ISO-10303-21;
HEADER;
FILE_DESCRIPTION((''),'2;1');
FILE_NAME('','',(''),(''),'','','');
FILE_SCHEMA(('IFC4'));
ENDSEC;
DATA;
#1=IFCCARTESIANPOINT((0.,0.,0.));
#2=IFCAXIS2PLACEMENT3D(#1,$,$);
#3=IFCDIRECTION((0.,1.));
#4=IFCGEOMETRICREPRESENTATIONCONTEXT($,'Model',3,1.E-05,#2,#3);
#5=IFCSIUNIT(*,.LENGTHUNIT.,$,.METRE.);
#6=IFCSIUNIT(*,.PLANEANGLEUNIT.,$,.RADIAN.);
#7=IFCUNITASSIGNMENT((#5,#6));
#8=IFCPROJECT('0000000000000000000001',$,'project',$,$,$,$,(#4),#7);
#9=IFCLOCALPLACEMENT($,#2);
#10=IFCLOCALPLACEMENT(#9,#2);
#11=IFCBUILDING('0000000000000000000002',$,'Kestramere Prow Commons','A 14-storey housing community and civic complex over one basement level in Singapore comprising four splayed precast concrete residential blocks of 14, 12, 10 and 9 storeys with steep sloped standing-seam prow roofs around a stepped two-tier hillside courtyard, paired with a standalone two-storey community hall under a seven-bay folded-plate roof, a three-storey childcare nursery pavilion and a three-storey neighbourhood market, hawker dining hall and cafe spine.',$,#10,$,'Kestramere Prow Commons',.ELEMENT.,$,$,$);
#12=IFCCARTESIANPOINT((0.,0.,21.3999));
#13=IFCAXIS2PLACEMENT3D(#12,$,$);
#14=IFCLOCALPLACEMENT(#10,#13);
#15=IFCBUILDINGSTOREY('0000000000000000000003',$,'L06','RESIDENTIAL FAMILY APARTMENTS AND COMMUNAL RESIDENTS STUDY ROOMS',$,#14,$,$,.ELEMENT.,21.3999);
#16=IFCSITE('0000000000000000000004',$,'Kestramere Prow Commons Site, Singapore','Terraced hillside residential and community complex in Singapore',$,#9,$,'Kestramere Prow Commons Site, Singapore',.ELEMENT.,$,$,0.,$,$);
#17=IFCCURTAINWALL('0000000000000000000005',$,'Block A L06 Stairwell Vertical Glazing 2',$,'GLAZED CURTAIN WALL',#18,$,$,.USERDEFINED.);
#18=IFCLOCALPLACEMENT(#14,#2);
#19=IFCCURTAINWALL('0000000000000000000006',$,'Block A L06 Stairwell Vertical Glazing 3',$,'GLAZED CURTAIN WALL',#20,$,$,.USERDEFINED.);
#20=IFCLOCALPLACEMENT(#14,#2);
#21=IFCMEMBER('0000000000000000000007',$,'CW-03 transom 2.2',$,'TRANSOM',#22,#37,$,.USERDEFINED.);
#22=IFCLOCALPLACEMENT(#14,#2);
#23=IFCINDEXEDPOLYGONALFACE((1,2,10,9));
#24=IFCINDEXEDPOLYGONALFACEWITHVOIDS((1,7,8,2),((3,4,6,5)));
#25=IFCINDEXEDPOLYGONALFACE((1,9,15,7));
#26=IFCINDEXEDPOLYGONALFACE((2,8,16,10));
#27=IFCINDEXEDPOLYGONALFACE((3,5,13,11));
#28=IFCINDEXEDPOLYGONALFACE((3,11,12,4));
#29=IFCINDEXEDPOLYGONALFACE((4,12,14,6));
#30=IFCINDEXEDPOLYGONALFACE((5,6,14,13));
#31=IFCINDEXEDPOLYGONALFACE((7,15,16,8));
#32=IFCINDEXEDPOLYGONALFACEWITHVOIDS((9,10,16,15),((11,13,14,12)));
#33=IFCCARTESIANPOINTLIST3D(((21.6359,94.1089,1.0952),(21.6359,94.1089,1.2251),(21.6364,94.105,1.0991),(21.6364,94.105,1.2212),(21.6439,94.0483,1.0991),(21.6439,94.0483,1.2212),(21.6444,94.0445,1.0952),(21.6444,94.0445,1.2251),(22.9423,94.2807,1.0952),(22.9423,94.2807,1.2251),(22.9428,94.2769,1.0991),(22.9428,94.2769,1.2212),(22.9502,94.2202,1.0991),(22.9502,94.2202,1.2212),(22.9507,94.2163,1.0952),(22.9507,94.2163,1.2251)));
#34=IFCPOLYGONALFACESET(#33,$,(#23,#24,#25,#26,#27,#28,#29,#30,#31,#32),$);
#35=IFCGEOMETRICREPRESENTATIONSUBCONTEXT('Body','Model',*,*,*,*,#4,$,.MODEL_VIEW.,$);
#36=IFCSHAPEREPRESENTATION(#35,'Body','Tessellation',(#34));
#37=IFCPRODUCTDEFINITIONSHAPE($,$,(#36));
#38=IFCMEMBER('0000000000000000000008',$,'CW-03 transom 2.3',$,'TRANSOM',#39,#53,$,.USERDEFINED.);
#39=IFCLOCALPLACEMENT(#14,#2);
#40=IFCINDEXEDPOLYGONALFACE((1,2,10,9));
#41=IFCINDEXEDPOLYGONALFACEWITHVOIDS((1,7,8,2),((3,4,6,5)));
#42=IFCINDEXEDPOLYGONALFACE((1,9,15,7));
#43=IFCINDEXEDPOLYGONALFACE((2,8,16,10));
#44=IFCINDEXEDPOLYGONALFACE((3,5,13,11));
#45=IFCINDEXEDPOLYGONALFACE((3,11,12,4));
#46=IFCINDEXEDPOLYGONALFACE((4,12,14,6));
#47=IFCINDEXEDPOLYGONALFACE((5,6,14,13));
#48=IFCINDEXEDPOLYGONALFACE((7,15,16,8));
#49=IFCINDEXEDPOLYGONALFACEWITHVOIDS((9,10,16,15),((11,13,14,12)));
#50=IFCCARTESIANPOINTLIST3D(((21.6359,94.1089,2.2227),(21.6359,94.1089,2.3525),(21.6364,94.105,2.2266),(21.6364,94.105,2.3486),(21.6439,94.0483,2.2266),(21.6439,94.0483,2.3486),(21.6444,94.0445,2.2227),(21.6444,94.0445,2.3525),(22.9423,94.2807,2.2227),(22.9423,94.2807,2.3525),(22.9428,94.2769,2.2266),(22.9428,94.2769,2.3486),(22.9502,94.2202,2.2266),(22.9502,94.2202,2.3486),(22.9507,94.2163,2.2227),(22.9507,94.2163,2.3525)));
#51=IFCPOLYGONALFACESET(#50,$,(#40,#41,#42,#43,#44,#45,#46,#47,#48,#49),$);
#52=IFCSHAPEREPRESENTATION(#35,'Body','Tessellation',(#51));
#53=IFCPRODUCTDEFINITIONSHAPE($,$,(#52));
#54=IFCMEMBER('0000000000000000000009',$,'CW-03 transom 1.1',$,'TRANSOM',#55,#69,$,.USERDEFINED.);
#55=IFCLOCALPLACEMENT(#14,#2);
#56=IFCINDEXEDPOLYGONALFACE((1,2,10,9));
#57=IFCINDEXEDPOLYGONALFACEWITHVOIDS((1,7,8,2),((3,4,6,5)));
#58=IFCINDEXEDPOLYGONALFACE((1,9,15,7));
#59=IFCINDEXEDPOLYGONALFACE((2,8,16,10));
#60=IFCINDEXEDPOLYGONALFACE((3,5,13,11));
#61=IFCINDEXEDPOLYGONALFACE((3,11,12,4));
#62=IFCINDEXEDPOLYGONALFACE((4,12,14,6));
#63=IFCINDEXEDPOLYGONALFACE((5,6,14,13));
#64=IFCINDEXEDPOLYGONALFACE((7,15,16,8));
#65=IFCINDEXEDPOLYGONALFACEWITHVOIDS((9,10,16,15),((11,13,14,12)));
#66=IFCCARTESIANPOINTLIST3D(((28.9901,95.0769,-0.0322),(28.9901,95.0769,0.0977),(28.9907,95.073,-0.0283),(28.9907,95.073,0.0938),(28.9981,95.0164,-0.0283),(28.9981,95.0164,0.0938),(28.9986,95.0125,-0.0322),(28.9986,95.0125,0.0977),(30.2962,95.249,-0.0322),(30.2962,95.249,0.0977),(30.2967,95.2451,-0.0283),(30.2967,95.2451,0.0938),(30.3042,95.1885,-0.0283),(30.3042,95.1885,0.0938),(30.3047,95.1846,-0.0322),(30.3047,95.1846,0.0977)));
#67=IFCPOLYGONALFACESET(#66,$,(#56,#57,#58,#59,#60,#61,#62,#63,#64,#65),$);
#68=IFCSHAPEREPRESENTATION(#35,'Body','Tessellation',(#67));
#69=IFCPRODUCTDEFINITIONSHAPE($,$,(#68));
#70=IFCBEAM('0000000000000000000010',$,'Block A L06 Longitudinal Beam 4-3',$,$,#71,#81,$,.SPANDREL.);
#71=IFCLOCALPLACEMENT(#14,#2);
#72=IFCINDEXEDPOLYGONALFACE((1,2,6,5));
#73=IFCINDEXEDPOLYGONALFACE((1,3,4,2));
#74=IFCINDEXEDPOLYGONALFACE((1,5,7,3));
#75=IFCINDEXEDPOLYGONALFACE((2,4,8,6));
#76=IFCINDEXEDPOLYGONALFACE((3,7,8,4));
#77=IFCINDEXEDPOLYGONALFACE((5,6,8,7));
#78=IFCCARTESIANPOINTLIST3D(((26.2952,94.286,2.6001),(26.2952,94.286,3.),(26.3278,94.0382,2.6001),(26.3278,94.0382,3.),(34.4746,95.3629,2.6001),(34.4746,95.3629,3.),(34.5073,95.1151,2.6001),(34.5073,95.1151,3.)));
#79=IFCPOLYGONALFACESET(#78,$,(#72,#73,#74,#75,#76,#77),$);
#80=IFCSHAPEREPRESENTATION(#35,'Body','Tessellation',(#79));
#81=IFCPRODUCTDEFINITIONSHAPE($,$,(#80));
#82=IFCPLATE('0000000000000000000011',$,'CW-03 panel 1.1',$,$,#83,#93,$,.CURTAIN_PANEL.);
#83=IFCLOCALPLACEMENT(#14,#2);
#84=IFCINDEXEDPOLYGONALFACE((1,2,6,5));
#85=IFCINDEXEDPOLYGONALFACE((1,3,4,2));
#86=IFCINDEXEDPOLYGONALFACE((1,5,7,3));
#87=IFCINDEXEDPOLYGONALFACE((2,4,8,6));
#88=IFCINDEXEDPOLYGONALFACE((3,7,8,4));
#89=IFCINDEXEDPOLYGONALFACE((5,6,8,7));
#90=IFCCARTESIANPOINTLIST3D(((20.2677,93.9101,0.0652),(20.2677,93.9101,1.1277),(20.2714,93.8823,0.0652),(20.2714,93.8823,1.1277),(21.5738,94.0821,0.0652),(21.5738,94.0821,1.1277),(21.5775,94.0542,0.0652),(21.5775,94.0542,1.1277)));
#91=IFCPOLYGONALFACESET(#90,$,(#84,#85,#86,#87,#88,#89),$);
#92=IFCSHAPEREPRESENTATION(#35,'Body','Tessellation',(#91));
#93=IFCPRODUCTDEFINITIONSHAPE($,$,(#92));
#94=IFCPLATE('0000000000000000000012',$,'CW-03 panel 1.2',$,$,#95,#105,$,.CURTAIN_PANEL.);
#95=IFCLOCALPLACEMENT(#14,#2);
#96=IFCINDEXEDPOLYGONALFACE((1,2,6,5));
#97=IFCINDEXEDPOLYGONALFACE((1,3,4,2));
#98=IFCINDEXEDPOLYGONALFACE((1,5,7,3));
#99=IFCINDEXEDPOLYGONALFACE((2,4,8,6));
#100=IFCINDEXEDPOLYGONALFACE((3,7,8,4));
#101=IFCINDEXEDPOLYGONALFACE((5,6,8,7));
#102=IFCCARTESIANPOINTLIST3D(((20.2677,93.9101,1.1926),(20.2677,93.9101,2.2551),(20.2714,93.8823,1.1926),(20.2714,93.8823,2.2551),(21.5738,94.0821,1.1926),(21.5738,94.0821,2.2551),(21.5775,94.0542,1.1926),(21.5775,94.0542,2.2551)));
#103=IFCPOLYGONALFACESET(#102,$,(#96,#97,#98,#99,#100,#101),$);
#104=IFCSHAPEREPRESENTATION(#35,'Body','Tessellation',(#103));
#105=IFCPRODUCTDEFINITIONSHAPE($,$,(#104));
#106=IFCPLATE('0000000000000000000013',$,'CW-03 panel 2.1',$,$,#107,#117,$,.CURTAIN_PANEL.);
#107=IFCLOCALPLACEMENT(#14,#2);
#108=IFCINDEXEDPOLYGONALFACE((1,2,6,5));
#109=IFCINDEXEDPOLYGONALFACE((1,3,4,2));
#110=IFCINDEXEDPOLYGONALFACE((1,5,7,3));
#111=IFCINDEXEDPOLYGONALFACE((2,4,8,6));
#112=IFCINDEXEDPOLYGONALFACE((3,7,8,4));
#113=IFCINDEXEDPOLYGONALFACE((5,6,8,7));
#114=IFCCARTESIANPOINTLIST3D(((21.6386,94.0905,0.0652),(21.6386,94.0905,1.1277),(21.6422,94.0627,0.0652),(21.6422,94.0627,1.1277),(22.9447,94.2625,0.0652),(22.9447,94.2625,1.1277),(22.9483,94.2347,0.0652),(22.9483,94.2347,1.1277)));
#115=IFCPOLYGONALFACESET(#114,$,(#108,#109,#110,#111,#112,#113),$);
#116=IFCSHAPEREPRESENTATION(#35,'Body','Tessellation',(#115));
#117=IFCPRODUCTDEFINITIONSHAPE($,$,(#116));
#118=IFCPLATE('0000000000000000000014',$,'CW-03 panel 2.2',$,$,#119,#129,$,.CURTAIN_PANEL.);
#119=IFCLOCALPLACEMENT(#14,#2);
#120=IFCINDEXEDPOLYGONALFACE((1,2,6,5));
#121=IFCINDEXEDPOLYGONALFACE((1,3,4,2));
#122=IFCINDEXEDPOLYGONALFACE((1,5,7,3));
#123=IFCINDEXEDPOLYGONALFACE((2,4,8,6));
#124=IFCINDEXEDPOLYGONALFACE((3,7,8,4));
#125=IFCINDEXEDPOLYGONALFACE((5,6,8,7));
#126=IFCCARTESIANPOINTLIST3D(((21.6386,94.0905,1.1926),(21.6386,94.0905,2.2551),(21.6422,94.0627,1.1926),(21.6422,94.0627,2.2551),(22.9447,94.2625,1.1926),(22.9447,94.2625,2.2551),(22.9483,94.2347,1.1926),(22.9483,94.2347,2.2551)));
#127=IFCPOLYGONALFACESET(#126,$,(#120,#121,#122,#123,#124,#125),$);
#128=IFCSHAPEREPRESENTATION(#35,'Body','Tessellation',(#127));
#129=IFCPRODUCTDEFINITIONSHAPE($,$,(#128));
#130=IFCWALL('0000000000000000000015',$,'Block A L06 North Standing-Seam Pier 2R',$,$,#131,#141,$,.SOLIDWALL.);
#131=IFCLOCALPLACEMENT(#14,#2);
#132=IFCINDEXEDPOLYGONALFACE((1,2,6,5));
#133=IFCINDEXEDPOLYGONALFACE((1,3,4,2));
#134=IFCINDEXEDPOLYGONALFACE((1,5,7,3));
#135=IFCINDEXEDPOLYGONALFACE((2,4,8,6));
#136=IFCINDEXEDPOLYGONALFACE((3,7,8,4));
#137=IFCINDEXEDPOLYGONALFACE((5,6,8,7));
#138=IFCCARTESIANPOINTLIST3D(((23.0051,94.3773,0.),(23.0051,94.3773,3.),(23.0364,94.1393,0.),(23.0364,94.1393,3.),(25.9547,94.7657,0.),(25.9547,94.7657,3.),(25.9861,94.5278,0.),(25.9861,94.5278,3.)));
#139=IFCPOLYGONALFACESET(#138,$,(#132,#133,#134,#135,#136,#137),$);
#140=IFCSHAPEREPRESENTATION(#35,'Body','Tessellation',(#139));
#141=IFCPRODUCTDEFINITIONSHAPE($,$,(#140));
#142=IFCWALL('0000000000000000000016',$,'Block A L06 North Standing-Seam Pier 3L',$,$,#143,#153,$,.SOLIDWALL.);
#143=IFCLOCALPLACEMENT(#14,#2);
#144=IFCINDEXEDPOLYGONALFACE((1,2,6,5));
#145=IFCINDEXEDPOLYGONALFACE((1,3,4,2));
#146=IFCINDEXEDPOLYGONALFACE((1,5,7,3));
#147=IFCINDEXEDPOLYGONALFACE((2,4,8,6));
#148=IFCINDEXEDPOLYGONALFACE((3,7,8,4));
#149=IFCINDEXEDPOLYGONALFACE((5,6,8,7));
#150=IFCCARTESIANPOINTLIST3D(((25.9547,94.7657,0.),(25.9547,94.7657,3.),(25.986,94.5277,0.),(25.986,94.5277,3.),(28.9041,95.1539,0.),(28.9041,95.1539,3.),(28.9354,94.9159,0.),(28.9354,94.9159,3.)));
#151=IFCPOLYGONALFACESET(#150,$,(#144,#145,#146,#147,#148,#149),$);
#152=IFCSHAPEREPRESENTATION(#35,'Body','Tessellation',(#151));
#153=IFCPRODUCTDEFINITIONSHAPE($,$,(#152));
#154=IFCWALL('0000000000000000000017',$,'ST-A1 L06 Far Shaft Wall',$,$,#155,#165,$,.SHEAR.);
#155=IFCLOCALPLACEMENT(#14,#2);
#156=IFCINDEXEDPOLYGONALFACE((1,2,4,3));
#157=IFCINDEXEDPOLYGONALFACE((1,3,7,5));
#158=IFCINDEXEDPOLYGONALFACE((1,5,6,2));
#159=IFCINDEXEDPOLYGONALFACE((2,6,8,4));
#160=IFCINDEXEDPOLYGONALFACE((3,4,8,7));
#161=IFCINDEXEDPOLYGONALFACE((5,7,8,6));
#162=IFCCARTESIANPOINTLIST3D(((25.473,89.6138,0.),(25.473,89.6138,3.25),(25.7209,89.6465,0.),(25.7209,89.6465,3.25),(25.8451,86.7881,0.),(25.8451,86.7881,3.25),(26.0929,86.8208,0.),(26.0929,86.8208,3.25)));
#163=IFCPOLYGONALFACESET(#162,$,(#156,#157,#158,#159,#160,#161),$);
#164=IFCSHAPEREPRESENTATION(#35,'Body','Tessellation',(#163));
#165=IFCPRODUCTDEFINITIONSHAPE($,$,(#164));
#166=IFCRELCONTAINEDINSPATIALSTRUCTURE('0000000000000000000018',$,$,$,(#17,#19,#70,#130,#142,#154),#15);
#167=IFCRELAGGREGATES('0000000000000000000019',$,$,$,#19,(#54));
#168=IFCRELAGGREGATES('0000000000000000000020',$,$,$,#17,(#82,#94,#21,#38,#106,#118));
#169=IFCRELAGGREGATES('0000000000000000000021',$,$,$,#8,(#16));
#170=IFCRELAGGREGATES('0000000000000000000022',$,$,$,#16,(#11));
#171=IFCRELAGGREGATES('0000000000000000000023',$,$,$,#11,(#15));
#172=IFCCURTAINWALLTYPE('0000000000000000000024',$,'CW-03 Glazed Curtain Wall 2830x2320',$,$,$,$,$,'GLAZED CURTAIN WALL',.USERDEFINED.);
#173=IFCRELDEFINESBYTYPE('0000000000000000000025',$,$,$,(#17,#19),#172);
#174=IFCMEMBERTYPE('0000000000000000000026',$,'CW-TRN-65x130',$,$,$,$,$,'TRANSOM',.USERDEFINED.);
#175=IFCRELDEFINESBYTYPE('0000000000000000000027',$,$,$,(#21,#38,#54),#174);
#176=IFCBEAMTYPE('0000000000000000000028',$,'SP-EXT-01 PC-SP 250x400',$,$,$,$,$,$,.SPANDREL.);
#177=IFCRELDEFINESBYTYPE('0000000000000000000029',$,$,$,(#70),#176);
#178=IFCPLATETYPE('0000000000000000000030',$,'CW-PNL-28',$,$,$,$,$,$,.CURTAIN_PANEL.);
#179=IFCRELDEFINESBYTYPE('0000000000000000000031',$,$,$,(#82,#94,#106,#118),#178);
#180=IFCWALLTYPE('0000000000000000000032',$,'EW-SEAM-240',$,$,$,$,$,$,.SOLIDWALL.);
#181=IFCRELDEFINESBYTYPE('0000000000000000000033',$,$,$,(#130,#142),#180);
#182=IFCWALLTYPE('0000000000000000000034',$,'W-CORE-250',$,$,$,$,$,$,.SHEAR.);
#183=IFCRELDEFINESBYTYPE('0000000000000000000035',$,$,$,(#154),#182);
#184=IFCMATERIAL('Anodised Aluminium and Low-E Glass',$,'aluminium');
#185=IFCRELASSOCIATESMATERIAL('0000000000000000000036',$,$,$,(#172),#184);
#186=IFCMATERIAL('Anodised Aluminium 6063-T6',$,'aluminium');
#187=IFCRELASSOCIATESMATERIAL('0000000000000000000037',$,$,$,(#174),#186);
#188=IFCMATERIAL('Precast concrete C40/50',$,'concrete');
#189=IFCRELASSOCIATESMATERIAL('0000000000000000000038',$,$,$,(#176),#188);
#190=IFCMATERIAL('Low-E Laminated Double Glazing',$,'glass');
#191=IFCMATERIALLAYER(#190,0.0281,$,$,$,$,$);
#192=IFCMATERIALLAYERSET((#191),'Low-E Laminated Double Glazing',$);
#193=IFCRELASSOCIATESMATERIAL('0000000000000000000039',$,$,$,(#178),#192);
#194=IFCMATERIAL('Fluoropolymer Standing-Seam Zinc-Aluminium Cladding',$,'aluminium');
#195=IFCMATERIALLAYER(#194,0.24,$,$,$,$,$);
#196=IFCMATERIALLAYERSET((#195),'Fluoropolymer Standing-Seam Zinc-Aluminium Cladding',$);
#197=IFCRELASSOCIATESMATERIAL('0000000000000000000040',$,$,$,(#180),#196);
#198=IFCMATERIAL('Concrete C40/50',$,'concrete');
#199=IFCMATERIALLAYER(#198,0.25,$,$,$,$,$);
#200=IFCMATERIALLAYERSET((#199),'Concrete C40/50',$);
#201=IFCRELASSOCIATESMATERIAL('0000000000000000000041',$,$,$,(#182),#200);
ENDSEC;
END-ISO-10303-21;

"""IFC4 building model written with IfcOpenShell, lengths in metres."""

from ifc_helpers import new_model, si_unit, direction, frame, frame_2d, origin, origin_2d, place, context, subcontext, project, spatial, rectangle, hollow_rectangle, extrude, material, layer, layer_set, material_profile, profile_set, type_object, element, aggregate, save


model = new_model("IFC4")

# Units and contexts
model_context = context("Model", 3, precision=1e-05, world=origin(), true_north=direction((0.0, 1.0)))
body_context = subcontext(model_context, "Body", "Model", "MODEL_VIEW")
ifc_project = project(units=[si_unit("LENGTHUNIT", "METRE"), si_unit("PLANEANGLEUNIT", "RADIAN")], contexts=[model_context])

# Site, building, storey
site_placement = place(None, origin())
site = spatial("IfcSite", under=ifc_project, at=site_placement, Name="Kestramere Prow Commons Site, Singapore", Description="Terraced hillside residential and community complex in Singapore", LongName="Kestramere Prow Commons Site, Singapore", CompositionType="ELEMENT", RefElevation=0.0)
building_placement = place(site_placement, origin())
building = spatial("IfcBuilding", under=site, at=building_placement, Name="Kestramere Prow Commons", Description="A 14-storey housing community and civic complex over one basement level in Singapore comprising four splayed precast concrete residential blocks of 14, 12, 10 and 9 storeys with steep sloped standing-seam prow roofs around a stepped two-tier hillside courtyard, paired with a standalone two-storey community hall under a seven-bay folded-plate roof, a three-storey childcare nursery pavilion and a three-storey neighbourhood market, hawker dining hall and cafe spine.", LongName="Kestramere Prow Commons", CompositionType="ELEMENT")
storey_placement = place(building_placement, frame((0.0, 0.0, 21.3999)))
storey = spatial("IfcBuildingStorey", under=building, at=storey_placement, Name="L06", Description="RESIDENTIAL FAMILY APARTMENTS AND COMMUNAL RESIDENTS STUDY ROOMS", CompositionType="ELEMENT", Elevation=21.3999)

# Shared definitions
ifc_material_1 = material(Name="Precast concrete C40/50", Category="concrete")

# Shared definitions
ifc_material_2 = material(Name="Concrete C40/50", Category="concrete")

# Curtain wall
ifc_material_3 = material(Name="Anodised Aluminium and Low-E Glass", Category="aluminium")
curtain_wall_type = type_object("IfcCurtainWallType", Name="CW-03 Glazed Curtain Wall 2830x2320", ElementType="GLAZED CURTAIN WALL", PredefinedType="USERDEFINED", material=ifc_material_3)
curtain_wall_1_placement = place(storey_placement, origin())
curtain_wall_1 = element("IfcCurtainWall", 1, at=curtain_wall_1_placement, inside=storey, type_object=curtain_wall_type, Name="Block A L06 Stairwell Vertical Glazing 2", ObjectType="GLAZED CURTAIN WALL", PredefinedType="USERDEFINED")
ifc_material_4 = material(Name="Anodised Aluminium 6063-T6", Category="aluminium")

# Curtain wall
curtain_wall_2_placement = place(storey_placement, origin())
curtain_wall_2 = element("IfcCurtainWall", 2, at=curtain_wall_2_placement, inside=storey, type_object=curtain_wall_type, Name="Block A L06 Stairwell Vertical Glazing 3", ObjectType="GLAZED CURTAIN WALL", PredefinedType="USERDEFINED")

# Members
ifc_material_profile_1 = material_profile(ifc_material_4, hollow_rectangle(XDim=0.0649, YDim=0.1299, WallThickness=0.0039, at=origin_2d()), Name="ALU-TRN 65x130")
ifc_profile_set_1 = profile_set([ifc_material_profile_1], Name="Anodised Aluminium 6063-T6")
member_type_1 = type_object("IfcMemberType", Name="CW-TRN-65x130", ElementType="TRANSOM", PredefinedType="USERDEFINED", material=ifc_profile_set_1)
member_1_placement = place(storey_placement, frame((21.6401, 94.0767, 1.1602), z_axis=(0.991456, 0.13044, 0.0), x_axis=(-0.13044, 0.991456, 0.0)))
member_1 = element("IfcMember", 3, at=member_1_placement, type_object=member_type_1, Name="CW-03 transom 2.2", ObjectType="TRANSOM", PredefinedType="USERDEFINED", context=body_context, shape_type="SweptSolid", body=[
    extrude(hollow_rectangle(XDim=0.0649, YDim=0.1299, WallThickness=0.0039, at=origin_2d()), origin(), (0.0, 0.0, 1.0), 1.3176),
])
member_2_placement = place(storey_placement, frame((21.6401, 94.0767, 2.2876), z_axis=(0.991456, 0.13044, 0.0), x_axis=(-0.13044, 0.991456, 0.0)))
member_2 = element("IfcMember", 4, at=member_2_placement, type_object=member_type_1, Name="CW-03 transom 2.3", ObjectType="TRANSOM", PredefinedType="USERDEFINED", context=body_context, shape_type="SweptSolid", body=[
    extrude(hollow_rectangle(XDim=0.0649, YDim=0.1299, WallThickness=0.0039, at=origin_2d()), origin(), (0.0, 0.0, 1.0), 1.3176),
])
member_3_placement = place(storey_placement, frame((28.9944, 95.0447, 0.0327), z_axis=(0.991429, 0.130646, 0.0), x_axis=(-0.130646, 0.991429, 0.0)))
member_3 = element("IfcMember", 5, at=member_3_placement, type_object=member_type_1, Name="CW-03 transom 1.1", ObjectType="TRANSOM", PredefinedType="USERDEFINED", context=body_context, shape_type="SweptSolid", body=[
    extrude(hollow_rectangle(XDim=0.0649, YDim=0.1299, WallThickness=0.0039, at=origin_2d()), origin(), (0.0, 0.0, 1.0), 1.3174),
])
aggregate(curtain_wall_2, [member_3])

# Beam
ifc_material_profile_2 = material_profile(ifc_material_1, rectangle(XDim=0.25, YDim=0.3999, at=origin_2d()), Name="PC-SP 250x400")
ifc_profile_set_2 = profile_set([ifc_material_profile_2], Name="Precast concrete C40/50")
beam_type_1 = type_object("IfcBeamType", Name="SP-EXT-01 PC-SP 250x400", PredefinedType="SPANDREL", material=ifc_profile_set_2)
beam_1_placement = place(storey_placement, frame((26.3115, 94.1621, 2.8), z_axis=(0.991444, 0.130533, 0.0), x_axis=(-0.130533, 0.991444, 0.0)))
element("IfcBeam", 6, at=beam_1_placement, inside=storey, type_object=beam_type_1, Name="Block A L06 Longitudinal Beam 4-3", PredefinedType="SPANDREL", context=body_context, shape_type="SweptSolid", body=[
    extrude(rectangle(XDim=0.25, YDim=0.3999, at=origin_2d()), origin(), (0.0, 0.0, 1.0), 8.25),
])

# Plates
ifc_material_5 = material(Name="Low-E Laminated Double Glazing", Category="glass")
ifc_layer_1 = layer(ifc_material_5, 0.0281)
ifc_layer_set_1 = layer_set([ifc_layer_1], Name="Low-E Laminated Double Glazing")
plate_type = type_object("IfcPlateType", Name="CW-PNL-28", PredefinedType="CURTAIN_PANEL", material=ifc_layer_set_1)
plate_1_placement = place(storey_placement, frame((20.9226, 93.9822, 0.0652), z_axis=(0.0, 0.0, 1.0), x_axis=(0.991445, 0.130526, 0.0)))
plate_1 = element("IfcPlate", 7, at=plate_1_placement, type_object=plate_type, Name="CW-03 panel 1.1", PredefinedType="CURTAIN_PANEL", context=body_context, shape_type="SweptSolid", body=[
    extrude(rectangle(XDim=1.3174, YDim=0.0281, at=origin_2d()), origin(), (0.0, 0.0, 1.0), 1.0625),
])
plate_2_placement = place(storey_placement, frame((20.9226, 93.9822, 1.1926), z_axis=(0.0, 0.0, 1.0), x_axis=(0.991445, 0.130526, 0.0)))
plate_2 = element("IfcPlate", 8, at=plate_2_placement, type_object=plate_type, Name="CW-03 panel 1.2", PredefinedType="CURTAIN_PANEL", context=body_context, shape_type="SweptSolid", body=[
    extrude(rectangle(XDim=1.3174, YDim=0.0281, at=origin_2d()), origin(), (0.0, 0.0, 1.0), 1.0625),
])
plate_3_placement = place(storey_placement, frame((22.2935, 94.1626, 0.0652), z_axis=(0.0, 0.0, 1.0), x_axis=(0.991445, 0.130526, 0.0)))
plate_3 = element("IfcPlate", 9, at=plate_3_placement, type_object=plate_type, Name="CW-03 panel 2.1", PredefinedType="CURTAIN_PANEL", context=body_context, shape_type="SweptSolid", body=[
    extrude(rectangle(XDim=1.3174, YDim=0.0281, at=origin_2d()), origin(), (0.0, 0.0, 1.0), 1.0625),
])
plate_4_placement = place(storey_placement, frame((22.2935, 94.1626, 1.1926), z_axis=(0.0, 0.0, 1.0), x_axis=(0.991445, 0.130526, 0.0)))
plate_4 = element("IfcPlate", 10, at=plate_4_placement, type_object=plate_type, Name="CW-03 panel 2.2", PredefinedType="CURTAIN_PANEL", context=body_context, shape_type="SweptSolid", body=[
    extrude(rectangle(XDim=1.3174, YDim=0.0281, at=origin_2d()), origin(), (0.0, 0.0, 1.0), 1.0625),
])
aggregate(curtain_wall_1, [plate_1, plate_2, member_1, member_2, plate_3, plate_4])

# Walls
ifc_material_6 = material(Name="Fluoropolymer Standing-Seam Zinc-Aluminium Cladding", Category="aluminium")
ifc_layer_2 = layer(ifc_material_6, 0.24)
ifc_layer_set_2 = layer_set([ifc_layer_2], Name="Fluoropolymer Standing-Seam Zinc-Aluminium Cladding")
wall_type_1 = type_object("IfcWallType", Name="EW-SEAM-240", PredefinedType="SOLIDWALL", material=ifc_layer_set_2)
wall_1_placement = place(storey_placement, frame((23.0208, 94.2583, 0.0), z_axis=(0.0, 0.0, 1.0), x_axis=(0.991441, 0.130556, 0.0)))
element("IfcWall", 11, at=wall_1_placement, inside=storey, type_object=wall_type_1, Name="Block A L06 North Standing-Seam Pier 2R", PredefinedType="SOLIDWALL", context=body_context, shape_type="SweptSolid", body=[
    extrude(rectangle(XDim=2.9751, YDim=0.24, at=frame_2d((1.4875, 0.0))), origin(), (0.0, 0.0, 1.0), 3.0),
])
wall_2_placement = place(storey_placement, frame((25.9705, 94.6467, 0.0), z_axis=(0.0, 0.0, 1.0), x_axis=(0.99145, 0.130486, 0.0)))
element("IfcWall", 12, at=wall_2_placement, inside=storey, type_object=wall_type_1, Name="Block A L06 North Standing-Seam Pier 3L", PredefinedType="SOLIDWALL", context=body_context, shape_type="SweptSolid", body=[
    extrude(rectangle(XDim=2.9749, YDim=0.24, at=frame_2d((1.4873, 0.0))), origin(), (0.0, 0.0, 1.0), 3.0),
])
ifc_layer_3 = layer(ifc_material_2, 0.25)
ifc_layer_set_3 = layer_set([ifc_layer_3], Name="Concrete C40/50")
wall_type_2 = type_object("IfcWallType", Name="W-CORE-250", PredefinedType="SHEAR", material=ifc_layer_set_3)
wall_3_placement = place(storey_placement, frame((25.969, 86.8044, 0.0), z_axis=(0.0, 0.0, 1.0), x_axis=(-0.130548, 0.991442, 0.0)))
element("IfcWall", 13, at=wall_3_placement, inside=storey, type_object=wall_type_2, Name="ST-A1 L06 Far Shaft Wall", PredefinedType="SHEAR", context=body_context, shape_type="SweptSolid", body=[
    extrude(rectangle(XDim=2.8501, YDim=0.25, at=frame_2d((1.425, 0.0))), origin(), (0.0, 0.0, 1.0), 3.25),
])

save(model, "model.ifc")
